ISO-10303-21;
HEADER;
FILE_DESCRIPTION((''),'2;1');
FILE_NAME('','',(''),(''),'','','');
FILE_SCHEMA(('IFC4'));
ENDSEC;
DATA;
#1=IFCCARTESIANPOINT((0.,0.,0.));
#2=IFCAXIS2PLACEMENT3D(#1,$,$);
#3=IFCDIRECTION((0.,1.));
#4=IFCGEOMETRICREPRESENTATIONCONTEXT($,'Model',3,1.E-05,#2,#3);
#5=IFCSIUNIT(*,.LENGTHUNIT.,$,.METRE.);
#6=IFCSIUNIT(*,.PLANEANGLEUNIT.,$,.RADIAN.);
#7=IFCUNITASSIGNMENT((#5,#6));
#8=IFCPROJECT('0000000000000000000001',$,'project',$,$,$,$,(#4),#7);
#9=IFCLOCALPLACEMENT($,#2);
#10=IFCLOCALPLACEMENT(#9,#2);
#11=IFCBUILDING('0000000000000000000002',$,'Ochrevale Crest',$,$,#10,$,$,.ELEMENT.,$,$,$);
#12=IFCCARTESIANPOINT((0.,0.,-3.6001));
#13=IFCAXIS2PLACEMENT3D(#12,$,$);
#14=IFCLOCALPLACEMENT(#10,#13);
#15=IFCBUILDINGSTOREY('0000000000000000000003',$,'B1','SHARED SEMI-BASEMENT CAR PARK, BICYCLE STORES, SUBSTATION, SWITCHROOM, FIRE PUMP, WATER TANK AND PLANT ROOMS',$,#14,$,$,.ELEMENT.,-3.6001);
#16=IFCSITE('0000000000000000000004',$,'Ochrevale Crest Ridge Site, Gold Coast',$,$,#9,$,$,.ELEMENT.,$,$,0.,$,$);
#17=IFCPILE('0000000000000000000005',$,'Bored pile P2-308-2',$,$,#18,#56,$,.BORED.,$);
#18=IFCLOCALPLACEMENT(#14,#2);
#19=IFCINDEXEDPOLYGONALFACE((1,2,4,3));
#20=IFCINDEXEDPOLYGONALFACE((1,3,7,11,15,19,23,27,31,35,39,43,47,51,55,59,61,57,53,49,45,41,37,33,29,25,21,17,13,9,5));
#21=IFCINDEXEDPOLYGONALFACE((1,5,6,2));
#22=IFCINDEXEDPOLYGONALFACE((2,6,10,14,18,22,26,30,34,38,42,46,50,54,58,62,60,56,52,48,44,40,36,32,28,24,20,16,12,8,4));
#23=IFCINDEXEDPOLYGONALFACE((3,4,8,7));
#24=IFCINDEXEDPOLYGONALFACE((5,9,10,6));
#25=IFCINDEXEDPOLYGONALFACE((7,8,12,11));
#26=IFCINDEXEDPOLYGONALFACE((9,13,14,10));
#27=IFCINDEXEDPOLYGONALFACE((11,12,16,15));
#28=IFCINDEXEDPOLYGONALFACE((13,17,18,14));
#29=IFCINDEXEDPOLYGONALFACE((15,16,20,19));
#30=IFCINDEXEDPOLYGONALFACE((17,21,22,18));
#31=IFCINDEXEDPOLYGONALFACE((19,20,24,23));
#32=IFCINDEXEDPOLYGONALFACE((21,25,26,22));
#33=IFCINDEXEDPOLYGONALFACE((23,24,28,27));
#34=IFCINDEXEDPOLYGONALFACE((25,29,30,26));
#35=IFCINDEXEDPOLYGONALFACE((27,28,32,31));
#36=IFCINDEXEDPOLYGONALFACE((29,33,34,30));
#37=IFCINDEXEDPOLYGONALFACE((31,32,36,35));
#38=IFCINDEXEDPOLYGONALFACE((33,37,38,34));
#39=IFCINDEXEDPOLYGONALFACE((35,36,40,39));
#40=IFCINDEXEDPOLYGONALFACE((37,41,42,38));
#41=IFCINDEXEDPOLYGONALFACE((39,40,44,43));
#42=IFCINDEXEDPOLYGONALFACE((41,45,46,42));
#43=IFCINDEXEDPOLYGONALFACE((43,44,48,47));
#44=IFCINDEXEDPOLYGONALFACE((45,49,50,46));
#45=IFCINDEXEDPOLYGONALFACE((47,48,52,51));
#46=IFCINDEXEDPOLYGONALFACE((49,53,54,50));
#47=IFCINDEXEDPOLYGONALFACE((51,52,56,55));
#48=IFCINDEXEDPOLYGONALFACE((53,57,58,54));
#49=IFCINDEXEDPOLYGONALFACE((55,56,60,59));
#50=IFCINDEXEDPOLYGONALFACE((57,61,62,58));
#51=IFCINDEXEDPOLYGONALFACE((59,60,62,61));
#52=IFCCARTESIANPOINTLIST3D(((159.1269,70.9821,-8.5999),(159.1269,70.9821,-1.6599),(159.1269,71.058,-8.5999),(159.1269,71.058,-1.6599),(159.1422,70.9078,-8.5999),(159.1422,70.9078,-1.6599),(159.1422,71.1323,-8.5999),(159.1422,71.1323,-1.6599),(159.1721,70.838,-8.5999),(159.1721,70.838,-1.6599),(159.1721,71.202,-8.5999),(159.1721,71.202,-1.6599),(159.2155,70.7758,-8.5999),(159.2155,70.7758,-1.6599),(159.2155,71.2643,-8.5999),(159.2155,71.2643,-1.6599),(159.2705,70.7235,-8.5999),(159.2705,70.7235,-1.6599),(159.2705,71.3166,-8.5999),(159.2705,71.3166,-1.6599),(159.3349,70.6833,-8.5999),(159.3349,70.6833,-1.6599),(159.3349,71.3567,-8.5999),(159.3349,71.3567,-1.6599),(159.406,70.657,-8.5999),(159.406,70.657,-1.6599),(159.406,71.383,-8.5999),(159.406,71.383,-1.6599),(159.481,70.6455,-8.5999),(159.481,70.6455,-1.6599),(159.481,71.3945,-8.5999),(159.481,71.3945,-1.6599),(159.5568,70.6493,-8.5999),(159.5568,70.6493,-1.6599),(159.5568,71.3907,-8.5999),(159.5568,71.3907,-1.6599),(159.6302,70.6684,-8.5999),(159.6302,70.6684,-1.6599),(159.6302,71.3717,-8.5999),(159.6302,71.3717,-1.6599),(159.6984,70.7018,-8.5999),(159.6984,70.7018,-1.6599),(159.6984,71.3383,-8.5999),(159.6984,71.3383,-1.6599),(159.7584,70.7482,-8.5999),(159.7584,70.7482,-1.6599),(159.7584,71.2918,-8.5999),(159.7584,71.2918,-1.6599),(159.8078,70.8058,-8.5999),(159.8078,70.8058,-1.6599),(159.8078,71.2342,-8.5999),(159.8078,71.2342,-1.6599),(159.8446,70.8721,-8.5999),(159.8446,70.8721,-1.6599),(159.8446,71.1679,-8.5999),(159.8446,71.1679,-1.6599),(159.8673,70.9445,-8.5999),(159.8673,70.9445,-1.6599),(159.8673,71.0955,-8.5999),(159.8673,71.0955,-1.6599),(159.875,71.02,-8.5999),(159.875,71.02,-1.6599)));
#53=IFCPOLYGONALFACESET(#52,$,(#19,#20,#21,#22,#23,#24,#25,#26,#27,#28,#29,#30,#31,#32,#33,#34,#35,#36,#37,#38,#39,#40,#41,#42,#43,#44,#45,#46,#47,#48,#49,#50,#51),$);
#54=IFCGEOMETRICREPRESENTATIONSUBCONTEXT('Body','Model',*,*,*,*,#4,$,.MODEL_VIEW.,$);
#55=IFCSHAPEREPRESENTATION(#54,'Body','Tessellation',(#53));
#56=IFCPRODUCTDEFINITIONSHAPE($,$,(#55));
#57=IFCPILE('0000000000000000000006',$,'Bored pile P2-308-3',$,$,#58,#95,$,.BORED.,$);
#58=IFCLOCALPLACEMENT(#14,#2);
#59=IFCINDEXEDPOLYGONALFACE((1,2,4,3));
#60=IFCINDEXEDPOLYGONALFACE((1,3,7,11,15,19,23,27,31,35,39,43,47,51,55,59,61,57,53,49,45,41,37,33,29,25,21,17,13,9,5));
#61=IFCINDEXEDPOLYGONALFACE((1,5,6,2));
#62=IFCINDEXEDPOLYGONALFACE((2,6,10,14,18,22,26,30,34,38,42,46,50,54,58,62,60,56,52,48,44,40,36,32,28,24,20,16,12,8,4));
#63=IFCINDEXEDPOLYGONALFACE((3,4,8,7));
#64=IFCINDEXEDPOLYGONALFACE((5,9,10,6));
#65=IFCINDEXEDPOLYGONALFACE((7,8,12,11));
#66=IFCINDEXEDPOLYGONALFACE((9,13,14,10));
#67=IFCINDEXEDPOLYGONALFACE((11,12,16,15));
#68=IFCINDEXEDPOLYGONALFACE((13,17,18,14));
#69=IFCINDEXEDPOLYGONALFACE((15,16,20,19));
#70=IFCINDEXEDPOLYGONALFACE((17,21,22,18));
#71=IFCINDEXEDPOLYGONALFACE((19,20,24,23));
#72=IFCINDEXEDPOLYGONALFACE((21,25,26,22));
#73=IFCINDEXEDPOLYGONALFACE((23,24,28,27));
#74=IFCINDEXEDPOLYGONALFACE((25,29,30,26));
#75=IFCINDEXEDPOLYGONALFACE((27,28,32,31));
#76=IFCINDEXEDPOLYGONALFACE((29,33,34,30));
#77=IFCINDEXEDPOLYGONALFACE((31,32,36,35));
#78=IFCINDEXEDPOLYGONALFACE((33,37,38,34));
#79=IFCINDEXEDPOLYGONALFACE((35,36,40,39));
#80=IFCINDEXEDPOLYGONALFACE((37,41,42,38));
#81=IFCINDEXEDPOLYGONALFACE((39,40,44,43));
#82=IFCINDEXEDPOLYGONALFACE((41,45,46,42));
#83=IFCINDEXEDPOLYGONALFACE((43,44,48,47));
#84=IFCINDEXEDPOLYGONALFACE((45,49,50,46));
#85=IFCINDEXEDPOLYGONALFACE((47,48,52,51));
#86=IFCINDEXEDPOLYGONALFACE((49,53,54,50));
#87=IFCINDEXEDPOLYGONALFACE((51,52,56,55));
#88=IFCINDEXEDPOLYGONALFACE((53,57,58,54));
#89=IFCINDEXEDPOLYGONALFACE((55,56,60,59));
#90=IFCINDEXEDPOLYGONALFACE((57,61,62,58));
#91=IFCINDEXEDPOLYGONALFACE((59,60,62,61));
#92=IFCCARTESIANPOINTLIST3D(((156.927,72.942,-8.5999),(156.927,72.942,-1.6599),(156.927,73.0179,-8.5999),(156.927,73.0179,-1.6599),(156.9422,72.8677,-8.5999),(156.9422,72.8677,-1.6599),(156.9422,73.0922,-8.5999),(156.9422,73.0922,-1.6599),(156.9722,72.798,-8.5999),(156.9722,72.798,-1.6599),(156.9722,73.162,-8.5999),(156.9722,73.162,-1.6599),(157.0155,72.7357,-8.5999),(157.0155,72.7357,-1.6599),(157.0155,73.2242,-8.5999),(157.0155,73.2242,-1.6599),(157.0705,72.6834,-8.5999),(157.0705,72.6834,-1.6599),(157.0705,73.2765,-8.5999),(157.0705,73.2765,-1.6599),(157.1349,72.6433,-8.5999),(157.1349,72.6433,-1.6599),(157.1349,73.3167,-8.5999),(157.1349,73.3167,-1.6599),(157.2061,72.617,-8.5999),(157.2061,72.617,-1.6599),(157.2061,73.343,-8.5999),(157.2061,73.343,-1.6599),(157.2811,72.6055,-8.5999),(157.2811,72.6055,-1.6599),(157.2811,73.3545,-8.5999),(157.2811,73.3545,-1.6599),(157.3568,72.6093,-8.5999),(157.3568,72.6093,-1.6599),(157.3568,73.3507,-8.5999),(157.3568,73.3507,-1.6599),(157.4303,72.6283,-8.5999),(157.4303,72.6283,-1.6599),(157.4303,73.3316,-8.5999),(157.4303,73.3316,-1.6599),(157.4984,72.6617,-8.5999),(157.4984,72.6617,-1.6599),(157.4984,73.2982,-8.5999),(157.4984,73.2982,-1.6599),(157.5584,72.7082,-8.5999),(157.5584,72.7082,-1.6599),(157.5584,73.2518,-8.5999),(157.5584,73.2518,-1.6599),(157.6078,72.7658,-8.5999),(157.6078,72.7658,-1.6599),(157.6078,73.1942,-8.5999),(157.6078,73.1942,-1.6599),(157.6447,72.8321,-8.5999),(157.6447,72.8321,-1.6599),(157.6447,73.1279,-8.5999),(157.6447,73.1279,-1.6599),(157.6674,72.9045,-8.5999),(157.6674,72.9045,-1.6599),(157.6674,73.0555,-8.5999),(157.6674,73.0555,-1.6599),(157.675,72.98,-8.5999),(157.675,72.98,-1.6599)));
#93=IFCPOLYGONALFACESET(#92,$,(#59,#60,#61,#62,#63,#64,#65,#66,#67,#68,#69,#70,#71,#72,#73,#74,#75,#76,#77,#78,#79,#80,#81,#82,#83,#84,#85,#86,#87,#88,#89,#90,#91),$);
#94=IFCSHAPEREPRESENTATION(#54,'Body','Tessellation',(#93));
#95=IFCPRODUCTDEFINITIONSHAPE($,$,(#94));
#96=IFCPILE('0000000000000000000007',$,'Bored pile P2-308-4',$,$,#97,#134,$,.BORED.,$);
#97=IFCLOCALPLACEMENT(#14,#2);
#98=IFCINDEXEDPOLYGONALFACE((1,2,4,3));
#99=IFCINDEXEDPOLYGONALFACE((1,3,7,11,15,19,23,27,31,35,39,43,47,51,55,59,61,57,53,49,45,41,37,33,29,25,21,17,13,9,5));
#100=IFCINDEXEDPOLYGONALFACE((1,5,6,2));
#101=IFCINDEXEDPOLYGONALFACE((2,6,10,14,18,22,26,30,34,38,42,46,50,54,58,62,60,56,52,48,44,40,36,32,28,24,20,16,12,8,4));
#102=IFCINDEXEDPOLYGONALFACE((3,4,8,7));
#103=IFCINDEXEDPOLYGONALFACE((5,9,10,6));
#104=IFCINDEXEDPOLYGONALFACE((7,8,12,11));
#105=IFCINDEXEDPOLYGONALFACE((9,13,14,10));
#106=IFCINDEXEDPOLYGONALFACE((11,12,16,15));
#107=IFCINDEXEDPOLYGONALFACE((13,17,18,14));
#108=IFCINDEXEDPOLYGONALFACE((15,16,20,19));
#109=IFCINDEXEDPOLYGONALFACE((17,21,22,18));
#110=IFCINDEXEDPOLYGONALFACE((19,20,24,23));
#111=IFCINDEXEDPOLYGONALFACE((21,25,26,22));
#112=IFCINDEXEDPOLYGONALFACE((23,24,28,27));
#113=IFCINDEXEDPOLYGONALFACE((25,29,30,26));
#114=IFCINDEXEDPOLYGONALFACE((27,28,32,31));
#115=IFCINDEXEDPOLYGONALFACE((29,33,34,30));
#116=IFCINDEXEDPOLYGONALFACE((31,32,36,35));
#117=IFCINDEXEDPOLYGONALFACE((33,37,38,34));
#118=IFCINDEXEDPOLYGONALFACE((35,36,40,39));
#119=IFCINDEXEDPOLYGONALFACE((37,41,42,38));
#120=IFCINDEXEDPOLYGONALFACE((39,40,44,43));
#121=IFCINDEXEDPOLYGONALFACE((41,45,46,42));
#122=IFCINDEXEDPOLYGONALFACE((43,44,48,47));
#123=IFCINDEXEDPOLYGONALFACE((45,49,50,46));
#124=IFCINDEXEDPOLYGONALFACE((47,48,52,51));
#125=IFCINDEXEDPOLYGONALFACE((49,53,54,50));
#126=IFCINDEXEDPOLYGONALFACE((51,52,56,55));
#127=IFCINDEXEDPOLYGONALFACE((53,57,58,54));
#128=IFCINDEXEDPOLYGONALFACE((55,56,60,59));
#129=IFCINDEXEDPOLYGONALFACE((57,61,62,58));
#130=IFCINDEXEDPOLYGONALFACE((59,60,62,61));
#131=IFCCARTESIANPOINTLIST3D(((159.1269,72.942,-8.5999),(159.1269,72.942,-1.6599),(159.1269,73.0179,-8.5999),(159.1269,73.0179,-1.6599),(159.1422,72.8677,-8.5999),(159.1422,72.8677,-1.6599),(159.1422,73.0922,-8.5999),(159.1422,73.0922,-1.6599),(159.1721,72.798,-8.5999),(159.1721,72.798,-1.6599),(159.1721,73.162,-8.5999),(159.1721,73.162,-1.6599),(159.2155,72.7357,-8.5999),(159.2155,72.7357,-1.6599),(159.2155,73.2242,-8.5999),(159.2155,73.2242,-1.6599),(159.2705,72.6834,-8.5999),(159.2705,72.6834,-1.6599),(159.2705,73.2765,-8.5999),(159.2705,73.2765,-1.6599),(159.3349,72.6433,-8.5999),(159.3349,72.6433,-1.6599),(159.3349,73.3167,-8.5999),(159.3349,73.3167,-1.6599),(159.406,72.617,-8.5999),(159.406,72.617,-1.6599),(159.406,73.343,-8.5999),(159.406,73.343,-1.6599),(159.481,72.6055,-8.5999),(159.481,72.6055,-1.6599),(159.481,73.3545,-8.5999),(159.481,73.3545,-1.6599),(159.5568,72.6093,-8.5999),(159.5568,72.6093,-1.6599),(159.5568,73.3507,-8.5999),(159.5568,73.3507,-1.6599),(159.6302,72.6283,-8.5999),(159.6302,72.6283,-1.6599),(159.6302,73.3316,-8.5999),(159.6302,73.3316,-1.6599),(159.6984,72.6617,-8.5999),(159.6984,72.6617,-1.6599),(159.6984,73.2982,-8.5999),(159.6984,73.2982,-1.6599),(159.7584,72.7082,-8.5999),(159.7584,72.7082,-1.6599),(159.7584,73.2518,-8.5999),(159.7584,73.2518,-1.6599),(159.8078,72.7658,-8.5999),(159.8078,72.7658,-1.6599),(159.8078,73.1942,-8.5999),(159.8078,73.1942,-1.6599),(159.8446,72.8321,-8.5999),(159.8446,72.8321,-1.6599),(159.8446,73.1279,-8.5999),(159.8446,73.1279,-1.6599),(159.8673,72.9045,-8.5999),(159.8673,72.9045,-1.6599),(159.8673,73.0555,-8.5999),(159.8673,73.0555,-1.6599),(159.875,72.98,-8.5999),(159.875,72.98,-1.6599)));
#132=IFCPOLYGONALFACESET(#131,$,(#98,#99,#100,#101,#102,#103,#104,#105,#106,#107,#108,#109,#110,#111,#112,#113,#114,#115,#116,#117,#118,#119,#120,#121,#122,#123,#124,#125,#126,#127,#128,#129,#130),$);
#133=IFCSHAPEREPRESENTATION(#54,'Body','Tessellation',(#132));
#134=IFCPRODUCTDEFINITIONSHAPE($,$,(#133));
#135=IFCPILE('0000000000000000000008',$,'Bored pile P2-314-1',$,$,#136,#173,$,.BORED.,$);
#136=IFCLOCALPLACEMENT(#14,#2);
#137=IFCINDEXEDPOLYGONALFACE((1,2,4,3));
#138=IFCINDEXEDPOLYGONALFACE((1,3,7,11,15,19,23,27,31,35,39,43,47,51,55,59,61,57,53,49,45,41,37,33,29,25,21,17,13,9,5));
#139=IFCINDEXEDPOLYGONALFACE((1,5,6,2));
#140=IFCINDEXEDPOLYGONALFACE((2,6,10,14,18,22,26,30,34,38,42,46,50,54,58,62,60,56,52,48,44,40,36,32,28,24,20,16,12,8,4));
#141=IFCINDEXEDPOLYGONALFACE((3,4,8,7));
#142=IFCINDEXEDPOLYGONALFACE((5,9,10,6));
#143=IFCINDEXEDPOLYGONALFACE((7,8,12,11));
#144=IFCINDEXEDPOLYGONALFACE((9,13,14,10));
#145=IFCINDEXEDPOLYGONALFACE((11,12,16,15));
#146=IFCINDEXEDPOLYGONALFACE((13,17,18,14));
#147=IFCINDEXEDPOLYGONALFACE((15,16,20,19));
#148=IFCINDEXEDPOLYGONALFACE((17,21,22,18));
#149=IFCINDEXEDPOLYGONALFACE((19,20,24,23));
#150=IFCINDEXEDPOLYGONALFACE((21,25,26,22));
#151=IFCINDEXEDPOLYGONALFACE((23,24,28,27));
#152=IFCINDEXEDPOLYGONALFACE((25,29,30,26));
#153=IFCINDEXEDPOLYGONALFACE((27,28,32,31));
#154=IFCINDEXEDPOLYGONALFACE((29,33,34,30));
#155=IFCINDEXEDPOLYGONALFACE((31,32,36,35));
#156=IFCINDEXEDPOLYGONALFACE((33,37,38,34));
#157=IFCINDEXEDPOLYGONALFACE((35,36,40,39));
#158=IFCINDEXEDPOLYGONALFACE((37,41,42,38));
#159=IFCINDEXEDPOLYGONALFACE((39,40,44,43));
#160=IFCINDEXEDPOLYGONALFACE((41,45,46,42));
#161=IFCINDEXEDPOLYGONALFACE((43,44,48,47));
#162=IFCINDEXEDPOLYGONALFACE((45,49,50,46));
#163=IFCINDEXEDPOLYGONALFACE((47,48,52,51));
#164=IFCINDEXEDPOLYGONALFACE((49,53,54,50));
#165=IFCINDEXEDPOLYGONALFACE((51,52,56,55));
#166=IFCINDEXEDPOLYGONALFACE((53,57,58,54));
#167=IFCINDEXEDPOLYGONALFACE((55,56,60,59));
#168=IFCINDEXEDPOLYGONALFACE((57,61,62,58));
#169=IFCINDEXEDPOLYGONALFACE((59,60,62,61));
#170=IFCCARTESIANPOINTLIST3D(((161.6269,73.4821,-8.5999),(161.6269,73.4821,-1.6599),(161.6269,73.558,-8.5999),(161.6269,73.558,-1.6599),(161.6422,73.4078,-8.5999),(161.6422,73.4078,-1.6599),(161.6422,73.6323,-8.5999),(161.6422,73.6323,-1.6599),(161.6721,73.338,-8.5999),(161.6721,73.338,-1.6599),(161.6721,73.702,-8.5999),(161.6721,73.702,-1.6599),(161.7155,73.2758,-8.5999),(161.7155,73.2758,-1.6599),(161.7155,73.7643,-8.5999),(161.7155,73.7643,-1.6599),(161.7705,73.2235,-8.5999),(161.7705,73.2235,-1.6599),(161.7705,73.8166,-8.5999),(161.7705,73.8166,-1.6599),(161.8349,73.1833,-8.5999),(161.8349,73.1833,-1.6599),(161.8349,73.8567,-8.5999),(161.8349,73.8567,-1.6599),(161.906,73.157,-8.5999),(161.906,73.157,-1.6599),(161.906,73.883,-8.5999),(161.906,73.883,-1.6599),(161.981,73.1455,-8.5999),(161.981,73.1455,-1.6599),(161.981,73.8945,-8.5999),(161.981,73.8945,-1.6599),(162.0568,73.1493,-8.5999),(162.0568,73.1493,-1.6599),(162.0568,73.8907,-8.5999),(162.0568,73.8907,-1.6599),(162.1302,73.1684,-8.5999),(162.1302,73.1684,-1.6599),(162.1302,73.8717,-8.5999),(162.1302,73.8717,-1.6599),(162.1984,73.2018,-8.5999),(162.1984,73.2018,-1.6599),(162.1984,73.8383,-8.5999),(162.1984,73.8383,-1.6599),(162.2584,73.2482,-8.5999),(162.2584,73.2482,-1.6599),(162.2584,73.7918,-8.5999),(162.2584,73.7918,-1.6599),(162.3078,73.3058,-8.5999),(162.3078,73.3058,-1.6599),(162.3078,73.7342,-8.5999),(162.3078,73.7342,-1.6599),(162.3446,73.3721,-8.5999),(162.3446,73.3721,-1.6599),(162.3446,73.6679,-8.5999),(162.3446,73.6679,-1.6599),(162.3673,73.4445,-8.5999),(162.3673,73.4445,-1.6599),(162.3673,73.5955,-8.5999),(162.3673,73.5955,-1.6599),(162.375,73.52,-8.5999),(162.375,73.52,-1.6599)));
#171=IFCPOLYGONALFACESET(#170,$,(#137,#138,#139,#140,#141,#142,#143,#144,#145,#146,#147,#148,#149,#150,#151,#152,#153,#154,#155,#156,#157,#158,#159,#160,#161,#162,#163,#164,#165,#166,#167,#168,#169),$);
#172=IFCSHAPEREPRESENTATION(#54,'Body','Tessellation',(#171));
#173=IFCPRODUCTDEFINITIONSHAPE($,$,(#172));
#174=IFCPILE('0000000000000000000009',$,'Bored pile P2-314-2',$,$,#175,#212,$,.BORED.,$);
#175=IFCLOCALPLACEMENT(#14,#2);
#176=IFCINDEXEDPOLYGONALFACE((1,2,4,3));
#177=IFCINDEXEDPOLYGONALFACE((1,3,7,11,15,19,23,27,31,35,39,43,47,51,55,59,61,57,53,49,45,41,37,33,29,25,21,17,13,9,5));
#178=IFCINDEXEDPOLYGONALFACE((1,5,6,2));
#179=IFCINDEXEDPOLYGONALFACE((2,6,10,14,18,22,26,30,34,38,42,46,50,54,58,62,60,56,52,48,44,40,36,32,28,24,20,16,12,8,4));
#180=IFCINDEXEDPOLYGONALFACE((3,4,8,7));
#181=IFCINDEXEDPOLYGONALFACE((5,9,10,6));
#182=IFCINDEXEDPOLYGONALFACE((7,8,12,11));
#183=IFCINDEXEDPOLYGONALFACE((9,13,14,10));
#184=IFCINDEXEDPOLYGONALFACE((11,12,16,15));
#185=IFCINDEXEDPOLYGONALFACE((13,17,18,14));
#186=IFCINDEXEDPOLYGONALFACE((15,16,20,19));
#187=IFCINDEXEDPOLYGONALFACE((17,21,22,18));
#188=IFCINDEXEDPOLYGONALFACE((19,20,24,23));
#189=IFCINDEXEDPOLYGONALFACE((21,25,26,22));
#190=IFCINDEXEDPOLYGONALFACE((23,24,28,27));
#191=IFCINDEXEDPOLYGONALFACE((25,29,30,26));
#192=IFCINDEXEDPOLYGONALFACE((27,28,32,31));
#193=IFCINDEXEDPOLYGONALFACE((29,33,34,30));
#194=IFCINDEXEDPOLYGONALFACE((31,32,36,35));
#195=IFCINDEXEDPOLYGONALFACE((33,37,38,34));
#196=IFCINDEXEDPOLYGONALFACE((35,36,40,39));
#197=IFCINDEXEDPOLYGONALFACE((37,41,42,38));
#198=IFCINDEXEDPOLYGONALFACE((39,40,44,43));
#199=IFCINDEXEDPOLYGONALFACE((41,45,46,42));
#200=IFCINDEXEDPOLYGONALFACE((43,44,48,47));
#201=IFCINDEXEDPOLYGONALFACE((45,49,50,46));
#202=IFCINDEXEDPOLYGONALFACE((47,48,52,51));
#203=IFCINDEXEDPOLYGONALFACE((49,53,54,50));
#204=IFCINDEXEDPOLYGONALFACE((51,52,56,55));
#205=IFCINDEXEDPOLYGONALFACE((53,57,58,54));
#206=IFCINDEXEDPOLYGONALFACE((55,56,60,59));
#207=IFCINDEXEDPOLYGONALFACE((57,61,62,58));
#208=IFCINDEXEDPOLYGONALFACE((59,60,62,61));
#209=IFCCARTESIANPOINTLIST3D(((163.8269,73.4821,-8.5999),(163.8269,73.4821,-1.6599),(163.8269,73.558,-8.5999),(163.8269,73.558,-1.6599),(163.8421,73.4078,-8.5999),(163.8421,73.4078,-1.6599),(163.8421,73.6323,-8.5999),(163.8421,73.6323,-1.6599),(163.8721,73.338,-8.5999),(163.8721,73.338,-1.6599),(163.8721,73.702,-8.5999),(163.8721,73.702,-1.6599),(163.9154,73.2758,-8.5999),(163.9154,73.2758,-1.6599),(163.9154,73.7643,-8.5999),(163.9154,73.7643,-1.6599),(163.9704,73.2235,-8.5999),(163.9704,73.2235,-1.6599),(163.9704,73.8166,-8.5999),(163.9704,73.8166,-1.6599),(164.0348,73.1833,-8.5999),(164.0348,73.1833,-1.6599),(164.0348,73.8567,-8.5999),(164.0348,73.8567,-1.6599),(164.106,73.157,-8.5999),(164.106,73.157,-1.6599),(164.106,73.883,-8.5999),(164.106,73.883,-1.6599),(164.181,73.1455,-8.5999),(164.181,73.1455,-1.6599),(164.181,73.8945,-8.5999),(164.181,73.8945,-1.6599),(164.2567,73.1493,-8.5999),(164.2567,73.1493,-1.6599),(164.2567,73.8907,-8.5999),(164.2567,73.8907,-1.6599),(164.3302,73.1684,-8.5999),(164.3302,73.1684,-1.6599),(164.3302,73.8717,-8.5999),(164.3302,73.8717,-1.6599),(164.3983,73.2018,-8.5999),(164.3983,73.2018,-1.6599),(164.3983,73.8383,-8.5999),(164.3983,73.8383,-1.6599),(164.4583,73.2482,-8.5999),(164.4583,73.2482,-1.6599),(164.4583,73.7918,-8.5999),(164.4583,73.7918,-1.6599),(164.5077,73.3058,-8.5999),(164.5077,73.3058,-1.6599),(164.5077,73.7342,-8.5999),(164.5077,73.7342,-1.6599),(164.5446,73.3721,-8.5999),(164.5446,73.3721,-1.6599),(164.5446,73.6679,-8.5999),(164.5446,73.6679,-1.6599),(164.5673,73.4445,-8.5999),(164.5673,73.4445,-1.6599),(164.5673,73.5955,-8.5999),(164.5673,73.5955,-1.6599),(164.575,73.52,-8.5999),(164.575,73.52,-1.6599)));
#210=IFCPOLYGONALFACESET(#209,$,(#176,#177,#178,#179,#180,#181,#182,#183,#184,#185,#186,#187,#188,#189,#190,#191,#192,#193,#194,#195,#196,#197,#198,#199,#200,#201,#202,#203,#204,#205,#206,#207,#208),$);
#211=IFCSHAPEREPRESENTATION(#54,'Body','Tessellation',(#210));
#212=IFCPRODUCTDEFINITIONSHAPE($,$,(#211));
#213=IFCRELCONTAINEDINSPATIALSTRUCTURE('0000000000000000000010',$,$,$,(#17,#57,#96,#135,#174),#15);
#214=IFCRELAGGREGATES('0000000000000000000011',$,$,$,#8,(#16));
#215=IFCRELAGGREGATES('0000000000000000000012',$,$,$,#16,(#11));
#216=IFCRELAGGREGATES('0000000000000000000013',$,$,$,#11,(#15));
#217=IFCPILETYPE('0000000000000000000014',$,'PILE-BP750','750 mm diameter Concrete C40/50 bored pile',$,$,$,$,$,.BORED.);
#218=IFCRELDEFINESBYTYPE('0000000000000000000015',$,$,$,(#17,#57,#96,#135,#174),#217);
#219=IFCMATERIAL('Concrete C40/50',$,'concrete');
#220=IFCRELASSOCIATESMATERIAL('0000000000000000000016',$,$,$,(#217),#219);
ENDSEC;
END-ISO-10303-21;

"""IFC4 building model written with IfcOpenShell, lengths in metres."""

from ifc_helpers import new_model, si_unit, direction, frame, origin, origin_2d, place, context, subcontext, project, spatial, circle, extrude, material, material_profile, profile_set, type_object, element, save


model = new_model("IFC4")

# Units and contexts
model_context = context("Model", 3, precision=1e-05, world=origin(), true_north=direction((0.0, 1.0)))
body_context = subcontext(model_context, "Body", "Model", "MODEL_VIEW")
ifc_project = project(units=[si_unit("LENGTHUNIT", "METRE"), si_unit("PLANEANGLEUNIT", "RADIAN")], contexts=[model_context])

# Site, building, storey
site_placement = place(None, origin())
site = spatial("IfcSite", under=ifc_project, at=site_placement, Name="Ochrevale Crest Ridge Site, Gold Coast", CompositionType="ELEMENT", RefElevation=0.0)
building_placement = place(site_placement, origin())
building = spatial("IfcBuilding", under=site, at=building_placement, Name="Ochrevale Crest", CompositionType="ELEMENT")
storey_placement = place(building_placement, frame((0.0, 0.0, -3.6001)))
storey = spatial("IfcBuildingStorey", under=building, at=storey_placement, Name="B1", Description="SHARED SEMI-BASEMENT CAR PARK, BICYCLE STORES, SUBSTATION, SWITCHROOM, FIRE PUMP, WATER TANK AND PLANT ROOMS", CompositionType="ELEMENT", Elevation=-3.6001)

# Shared definitions
ifc_material_1 = material(Name="Concrete C40/50", Category="concrete")

# Piles
ifc_material_profile_1 = material_profile(ifc_material_1, circle(Radius=0.375, at=origin_2d()), Name="BORED PILE 750")
ifc_profile_set_1 = profile_set([ifc_material_profile_1], Name="Concrete C40/50")
pile_type_1 = type_object("IfcPileType", Name="PILE-BP750", Description="750 mm diameter Concrete C40/50 bored pile", PredefinedType="BORED", material=ifc_profile_set_1)
for number, where, z_axis, x_axis, name in (
    (1, (159.5, 71.02, -1.6599), (0.0, 0.0, -1.0), (1.0, 0.0, 0.0), "Bored pile P2-308-2"),
    (2, (157.3, 72.98, -1.6599), (0.0, 0.0, -1.0), (1.0, 0.0, 0.0), "Bored pile P2-308-3"),
    (3, (159.5, 72.98, -1.6599), (0.0, 0.0, -1.0), (1.0, 0.0, 0.0), "Bored pile P2-308-4"),
    (4, (162.0, 73.52, -1.6599), (0.0, 0.0, -1.0), (1.0, 0.0, 0.0), "Bored pile P2-314-1"),
    (5, (164.2, 73.52, -1.6599), (0.0, 0.0, -1.0), (1.0, 0.0, 0.0), "Bored pile P2-314-2"),
):
    element("IfcPile", number, at=place(storey_placement, frame(where, z_axis=z_axis, x_axis=x_axis)), inside=storey, type_object=pile_type_1, Name=name, PredefinedType="BORED", context=body_context, shape_type="SweptSolid", body=[
        extrude(circle(Radius=0.375, at=origin_2d()), origin(), (0.0, 0.0, 1.0), 6.9399),
    ])

save(model, "model.ifc")
